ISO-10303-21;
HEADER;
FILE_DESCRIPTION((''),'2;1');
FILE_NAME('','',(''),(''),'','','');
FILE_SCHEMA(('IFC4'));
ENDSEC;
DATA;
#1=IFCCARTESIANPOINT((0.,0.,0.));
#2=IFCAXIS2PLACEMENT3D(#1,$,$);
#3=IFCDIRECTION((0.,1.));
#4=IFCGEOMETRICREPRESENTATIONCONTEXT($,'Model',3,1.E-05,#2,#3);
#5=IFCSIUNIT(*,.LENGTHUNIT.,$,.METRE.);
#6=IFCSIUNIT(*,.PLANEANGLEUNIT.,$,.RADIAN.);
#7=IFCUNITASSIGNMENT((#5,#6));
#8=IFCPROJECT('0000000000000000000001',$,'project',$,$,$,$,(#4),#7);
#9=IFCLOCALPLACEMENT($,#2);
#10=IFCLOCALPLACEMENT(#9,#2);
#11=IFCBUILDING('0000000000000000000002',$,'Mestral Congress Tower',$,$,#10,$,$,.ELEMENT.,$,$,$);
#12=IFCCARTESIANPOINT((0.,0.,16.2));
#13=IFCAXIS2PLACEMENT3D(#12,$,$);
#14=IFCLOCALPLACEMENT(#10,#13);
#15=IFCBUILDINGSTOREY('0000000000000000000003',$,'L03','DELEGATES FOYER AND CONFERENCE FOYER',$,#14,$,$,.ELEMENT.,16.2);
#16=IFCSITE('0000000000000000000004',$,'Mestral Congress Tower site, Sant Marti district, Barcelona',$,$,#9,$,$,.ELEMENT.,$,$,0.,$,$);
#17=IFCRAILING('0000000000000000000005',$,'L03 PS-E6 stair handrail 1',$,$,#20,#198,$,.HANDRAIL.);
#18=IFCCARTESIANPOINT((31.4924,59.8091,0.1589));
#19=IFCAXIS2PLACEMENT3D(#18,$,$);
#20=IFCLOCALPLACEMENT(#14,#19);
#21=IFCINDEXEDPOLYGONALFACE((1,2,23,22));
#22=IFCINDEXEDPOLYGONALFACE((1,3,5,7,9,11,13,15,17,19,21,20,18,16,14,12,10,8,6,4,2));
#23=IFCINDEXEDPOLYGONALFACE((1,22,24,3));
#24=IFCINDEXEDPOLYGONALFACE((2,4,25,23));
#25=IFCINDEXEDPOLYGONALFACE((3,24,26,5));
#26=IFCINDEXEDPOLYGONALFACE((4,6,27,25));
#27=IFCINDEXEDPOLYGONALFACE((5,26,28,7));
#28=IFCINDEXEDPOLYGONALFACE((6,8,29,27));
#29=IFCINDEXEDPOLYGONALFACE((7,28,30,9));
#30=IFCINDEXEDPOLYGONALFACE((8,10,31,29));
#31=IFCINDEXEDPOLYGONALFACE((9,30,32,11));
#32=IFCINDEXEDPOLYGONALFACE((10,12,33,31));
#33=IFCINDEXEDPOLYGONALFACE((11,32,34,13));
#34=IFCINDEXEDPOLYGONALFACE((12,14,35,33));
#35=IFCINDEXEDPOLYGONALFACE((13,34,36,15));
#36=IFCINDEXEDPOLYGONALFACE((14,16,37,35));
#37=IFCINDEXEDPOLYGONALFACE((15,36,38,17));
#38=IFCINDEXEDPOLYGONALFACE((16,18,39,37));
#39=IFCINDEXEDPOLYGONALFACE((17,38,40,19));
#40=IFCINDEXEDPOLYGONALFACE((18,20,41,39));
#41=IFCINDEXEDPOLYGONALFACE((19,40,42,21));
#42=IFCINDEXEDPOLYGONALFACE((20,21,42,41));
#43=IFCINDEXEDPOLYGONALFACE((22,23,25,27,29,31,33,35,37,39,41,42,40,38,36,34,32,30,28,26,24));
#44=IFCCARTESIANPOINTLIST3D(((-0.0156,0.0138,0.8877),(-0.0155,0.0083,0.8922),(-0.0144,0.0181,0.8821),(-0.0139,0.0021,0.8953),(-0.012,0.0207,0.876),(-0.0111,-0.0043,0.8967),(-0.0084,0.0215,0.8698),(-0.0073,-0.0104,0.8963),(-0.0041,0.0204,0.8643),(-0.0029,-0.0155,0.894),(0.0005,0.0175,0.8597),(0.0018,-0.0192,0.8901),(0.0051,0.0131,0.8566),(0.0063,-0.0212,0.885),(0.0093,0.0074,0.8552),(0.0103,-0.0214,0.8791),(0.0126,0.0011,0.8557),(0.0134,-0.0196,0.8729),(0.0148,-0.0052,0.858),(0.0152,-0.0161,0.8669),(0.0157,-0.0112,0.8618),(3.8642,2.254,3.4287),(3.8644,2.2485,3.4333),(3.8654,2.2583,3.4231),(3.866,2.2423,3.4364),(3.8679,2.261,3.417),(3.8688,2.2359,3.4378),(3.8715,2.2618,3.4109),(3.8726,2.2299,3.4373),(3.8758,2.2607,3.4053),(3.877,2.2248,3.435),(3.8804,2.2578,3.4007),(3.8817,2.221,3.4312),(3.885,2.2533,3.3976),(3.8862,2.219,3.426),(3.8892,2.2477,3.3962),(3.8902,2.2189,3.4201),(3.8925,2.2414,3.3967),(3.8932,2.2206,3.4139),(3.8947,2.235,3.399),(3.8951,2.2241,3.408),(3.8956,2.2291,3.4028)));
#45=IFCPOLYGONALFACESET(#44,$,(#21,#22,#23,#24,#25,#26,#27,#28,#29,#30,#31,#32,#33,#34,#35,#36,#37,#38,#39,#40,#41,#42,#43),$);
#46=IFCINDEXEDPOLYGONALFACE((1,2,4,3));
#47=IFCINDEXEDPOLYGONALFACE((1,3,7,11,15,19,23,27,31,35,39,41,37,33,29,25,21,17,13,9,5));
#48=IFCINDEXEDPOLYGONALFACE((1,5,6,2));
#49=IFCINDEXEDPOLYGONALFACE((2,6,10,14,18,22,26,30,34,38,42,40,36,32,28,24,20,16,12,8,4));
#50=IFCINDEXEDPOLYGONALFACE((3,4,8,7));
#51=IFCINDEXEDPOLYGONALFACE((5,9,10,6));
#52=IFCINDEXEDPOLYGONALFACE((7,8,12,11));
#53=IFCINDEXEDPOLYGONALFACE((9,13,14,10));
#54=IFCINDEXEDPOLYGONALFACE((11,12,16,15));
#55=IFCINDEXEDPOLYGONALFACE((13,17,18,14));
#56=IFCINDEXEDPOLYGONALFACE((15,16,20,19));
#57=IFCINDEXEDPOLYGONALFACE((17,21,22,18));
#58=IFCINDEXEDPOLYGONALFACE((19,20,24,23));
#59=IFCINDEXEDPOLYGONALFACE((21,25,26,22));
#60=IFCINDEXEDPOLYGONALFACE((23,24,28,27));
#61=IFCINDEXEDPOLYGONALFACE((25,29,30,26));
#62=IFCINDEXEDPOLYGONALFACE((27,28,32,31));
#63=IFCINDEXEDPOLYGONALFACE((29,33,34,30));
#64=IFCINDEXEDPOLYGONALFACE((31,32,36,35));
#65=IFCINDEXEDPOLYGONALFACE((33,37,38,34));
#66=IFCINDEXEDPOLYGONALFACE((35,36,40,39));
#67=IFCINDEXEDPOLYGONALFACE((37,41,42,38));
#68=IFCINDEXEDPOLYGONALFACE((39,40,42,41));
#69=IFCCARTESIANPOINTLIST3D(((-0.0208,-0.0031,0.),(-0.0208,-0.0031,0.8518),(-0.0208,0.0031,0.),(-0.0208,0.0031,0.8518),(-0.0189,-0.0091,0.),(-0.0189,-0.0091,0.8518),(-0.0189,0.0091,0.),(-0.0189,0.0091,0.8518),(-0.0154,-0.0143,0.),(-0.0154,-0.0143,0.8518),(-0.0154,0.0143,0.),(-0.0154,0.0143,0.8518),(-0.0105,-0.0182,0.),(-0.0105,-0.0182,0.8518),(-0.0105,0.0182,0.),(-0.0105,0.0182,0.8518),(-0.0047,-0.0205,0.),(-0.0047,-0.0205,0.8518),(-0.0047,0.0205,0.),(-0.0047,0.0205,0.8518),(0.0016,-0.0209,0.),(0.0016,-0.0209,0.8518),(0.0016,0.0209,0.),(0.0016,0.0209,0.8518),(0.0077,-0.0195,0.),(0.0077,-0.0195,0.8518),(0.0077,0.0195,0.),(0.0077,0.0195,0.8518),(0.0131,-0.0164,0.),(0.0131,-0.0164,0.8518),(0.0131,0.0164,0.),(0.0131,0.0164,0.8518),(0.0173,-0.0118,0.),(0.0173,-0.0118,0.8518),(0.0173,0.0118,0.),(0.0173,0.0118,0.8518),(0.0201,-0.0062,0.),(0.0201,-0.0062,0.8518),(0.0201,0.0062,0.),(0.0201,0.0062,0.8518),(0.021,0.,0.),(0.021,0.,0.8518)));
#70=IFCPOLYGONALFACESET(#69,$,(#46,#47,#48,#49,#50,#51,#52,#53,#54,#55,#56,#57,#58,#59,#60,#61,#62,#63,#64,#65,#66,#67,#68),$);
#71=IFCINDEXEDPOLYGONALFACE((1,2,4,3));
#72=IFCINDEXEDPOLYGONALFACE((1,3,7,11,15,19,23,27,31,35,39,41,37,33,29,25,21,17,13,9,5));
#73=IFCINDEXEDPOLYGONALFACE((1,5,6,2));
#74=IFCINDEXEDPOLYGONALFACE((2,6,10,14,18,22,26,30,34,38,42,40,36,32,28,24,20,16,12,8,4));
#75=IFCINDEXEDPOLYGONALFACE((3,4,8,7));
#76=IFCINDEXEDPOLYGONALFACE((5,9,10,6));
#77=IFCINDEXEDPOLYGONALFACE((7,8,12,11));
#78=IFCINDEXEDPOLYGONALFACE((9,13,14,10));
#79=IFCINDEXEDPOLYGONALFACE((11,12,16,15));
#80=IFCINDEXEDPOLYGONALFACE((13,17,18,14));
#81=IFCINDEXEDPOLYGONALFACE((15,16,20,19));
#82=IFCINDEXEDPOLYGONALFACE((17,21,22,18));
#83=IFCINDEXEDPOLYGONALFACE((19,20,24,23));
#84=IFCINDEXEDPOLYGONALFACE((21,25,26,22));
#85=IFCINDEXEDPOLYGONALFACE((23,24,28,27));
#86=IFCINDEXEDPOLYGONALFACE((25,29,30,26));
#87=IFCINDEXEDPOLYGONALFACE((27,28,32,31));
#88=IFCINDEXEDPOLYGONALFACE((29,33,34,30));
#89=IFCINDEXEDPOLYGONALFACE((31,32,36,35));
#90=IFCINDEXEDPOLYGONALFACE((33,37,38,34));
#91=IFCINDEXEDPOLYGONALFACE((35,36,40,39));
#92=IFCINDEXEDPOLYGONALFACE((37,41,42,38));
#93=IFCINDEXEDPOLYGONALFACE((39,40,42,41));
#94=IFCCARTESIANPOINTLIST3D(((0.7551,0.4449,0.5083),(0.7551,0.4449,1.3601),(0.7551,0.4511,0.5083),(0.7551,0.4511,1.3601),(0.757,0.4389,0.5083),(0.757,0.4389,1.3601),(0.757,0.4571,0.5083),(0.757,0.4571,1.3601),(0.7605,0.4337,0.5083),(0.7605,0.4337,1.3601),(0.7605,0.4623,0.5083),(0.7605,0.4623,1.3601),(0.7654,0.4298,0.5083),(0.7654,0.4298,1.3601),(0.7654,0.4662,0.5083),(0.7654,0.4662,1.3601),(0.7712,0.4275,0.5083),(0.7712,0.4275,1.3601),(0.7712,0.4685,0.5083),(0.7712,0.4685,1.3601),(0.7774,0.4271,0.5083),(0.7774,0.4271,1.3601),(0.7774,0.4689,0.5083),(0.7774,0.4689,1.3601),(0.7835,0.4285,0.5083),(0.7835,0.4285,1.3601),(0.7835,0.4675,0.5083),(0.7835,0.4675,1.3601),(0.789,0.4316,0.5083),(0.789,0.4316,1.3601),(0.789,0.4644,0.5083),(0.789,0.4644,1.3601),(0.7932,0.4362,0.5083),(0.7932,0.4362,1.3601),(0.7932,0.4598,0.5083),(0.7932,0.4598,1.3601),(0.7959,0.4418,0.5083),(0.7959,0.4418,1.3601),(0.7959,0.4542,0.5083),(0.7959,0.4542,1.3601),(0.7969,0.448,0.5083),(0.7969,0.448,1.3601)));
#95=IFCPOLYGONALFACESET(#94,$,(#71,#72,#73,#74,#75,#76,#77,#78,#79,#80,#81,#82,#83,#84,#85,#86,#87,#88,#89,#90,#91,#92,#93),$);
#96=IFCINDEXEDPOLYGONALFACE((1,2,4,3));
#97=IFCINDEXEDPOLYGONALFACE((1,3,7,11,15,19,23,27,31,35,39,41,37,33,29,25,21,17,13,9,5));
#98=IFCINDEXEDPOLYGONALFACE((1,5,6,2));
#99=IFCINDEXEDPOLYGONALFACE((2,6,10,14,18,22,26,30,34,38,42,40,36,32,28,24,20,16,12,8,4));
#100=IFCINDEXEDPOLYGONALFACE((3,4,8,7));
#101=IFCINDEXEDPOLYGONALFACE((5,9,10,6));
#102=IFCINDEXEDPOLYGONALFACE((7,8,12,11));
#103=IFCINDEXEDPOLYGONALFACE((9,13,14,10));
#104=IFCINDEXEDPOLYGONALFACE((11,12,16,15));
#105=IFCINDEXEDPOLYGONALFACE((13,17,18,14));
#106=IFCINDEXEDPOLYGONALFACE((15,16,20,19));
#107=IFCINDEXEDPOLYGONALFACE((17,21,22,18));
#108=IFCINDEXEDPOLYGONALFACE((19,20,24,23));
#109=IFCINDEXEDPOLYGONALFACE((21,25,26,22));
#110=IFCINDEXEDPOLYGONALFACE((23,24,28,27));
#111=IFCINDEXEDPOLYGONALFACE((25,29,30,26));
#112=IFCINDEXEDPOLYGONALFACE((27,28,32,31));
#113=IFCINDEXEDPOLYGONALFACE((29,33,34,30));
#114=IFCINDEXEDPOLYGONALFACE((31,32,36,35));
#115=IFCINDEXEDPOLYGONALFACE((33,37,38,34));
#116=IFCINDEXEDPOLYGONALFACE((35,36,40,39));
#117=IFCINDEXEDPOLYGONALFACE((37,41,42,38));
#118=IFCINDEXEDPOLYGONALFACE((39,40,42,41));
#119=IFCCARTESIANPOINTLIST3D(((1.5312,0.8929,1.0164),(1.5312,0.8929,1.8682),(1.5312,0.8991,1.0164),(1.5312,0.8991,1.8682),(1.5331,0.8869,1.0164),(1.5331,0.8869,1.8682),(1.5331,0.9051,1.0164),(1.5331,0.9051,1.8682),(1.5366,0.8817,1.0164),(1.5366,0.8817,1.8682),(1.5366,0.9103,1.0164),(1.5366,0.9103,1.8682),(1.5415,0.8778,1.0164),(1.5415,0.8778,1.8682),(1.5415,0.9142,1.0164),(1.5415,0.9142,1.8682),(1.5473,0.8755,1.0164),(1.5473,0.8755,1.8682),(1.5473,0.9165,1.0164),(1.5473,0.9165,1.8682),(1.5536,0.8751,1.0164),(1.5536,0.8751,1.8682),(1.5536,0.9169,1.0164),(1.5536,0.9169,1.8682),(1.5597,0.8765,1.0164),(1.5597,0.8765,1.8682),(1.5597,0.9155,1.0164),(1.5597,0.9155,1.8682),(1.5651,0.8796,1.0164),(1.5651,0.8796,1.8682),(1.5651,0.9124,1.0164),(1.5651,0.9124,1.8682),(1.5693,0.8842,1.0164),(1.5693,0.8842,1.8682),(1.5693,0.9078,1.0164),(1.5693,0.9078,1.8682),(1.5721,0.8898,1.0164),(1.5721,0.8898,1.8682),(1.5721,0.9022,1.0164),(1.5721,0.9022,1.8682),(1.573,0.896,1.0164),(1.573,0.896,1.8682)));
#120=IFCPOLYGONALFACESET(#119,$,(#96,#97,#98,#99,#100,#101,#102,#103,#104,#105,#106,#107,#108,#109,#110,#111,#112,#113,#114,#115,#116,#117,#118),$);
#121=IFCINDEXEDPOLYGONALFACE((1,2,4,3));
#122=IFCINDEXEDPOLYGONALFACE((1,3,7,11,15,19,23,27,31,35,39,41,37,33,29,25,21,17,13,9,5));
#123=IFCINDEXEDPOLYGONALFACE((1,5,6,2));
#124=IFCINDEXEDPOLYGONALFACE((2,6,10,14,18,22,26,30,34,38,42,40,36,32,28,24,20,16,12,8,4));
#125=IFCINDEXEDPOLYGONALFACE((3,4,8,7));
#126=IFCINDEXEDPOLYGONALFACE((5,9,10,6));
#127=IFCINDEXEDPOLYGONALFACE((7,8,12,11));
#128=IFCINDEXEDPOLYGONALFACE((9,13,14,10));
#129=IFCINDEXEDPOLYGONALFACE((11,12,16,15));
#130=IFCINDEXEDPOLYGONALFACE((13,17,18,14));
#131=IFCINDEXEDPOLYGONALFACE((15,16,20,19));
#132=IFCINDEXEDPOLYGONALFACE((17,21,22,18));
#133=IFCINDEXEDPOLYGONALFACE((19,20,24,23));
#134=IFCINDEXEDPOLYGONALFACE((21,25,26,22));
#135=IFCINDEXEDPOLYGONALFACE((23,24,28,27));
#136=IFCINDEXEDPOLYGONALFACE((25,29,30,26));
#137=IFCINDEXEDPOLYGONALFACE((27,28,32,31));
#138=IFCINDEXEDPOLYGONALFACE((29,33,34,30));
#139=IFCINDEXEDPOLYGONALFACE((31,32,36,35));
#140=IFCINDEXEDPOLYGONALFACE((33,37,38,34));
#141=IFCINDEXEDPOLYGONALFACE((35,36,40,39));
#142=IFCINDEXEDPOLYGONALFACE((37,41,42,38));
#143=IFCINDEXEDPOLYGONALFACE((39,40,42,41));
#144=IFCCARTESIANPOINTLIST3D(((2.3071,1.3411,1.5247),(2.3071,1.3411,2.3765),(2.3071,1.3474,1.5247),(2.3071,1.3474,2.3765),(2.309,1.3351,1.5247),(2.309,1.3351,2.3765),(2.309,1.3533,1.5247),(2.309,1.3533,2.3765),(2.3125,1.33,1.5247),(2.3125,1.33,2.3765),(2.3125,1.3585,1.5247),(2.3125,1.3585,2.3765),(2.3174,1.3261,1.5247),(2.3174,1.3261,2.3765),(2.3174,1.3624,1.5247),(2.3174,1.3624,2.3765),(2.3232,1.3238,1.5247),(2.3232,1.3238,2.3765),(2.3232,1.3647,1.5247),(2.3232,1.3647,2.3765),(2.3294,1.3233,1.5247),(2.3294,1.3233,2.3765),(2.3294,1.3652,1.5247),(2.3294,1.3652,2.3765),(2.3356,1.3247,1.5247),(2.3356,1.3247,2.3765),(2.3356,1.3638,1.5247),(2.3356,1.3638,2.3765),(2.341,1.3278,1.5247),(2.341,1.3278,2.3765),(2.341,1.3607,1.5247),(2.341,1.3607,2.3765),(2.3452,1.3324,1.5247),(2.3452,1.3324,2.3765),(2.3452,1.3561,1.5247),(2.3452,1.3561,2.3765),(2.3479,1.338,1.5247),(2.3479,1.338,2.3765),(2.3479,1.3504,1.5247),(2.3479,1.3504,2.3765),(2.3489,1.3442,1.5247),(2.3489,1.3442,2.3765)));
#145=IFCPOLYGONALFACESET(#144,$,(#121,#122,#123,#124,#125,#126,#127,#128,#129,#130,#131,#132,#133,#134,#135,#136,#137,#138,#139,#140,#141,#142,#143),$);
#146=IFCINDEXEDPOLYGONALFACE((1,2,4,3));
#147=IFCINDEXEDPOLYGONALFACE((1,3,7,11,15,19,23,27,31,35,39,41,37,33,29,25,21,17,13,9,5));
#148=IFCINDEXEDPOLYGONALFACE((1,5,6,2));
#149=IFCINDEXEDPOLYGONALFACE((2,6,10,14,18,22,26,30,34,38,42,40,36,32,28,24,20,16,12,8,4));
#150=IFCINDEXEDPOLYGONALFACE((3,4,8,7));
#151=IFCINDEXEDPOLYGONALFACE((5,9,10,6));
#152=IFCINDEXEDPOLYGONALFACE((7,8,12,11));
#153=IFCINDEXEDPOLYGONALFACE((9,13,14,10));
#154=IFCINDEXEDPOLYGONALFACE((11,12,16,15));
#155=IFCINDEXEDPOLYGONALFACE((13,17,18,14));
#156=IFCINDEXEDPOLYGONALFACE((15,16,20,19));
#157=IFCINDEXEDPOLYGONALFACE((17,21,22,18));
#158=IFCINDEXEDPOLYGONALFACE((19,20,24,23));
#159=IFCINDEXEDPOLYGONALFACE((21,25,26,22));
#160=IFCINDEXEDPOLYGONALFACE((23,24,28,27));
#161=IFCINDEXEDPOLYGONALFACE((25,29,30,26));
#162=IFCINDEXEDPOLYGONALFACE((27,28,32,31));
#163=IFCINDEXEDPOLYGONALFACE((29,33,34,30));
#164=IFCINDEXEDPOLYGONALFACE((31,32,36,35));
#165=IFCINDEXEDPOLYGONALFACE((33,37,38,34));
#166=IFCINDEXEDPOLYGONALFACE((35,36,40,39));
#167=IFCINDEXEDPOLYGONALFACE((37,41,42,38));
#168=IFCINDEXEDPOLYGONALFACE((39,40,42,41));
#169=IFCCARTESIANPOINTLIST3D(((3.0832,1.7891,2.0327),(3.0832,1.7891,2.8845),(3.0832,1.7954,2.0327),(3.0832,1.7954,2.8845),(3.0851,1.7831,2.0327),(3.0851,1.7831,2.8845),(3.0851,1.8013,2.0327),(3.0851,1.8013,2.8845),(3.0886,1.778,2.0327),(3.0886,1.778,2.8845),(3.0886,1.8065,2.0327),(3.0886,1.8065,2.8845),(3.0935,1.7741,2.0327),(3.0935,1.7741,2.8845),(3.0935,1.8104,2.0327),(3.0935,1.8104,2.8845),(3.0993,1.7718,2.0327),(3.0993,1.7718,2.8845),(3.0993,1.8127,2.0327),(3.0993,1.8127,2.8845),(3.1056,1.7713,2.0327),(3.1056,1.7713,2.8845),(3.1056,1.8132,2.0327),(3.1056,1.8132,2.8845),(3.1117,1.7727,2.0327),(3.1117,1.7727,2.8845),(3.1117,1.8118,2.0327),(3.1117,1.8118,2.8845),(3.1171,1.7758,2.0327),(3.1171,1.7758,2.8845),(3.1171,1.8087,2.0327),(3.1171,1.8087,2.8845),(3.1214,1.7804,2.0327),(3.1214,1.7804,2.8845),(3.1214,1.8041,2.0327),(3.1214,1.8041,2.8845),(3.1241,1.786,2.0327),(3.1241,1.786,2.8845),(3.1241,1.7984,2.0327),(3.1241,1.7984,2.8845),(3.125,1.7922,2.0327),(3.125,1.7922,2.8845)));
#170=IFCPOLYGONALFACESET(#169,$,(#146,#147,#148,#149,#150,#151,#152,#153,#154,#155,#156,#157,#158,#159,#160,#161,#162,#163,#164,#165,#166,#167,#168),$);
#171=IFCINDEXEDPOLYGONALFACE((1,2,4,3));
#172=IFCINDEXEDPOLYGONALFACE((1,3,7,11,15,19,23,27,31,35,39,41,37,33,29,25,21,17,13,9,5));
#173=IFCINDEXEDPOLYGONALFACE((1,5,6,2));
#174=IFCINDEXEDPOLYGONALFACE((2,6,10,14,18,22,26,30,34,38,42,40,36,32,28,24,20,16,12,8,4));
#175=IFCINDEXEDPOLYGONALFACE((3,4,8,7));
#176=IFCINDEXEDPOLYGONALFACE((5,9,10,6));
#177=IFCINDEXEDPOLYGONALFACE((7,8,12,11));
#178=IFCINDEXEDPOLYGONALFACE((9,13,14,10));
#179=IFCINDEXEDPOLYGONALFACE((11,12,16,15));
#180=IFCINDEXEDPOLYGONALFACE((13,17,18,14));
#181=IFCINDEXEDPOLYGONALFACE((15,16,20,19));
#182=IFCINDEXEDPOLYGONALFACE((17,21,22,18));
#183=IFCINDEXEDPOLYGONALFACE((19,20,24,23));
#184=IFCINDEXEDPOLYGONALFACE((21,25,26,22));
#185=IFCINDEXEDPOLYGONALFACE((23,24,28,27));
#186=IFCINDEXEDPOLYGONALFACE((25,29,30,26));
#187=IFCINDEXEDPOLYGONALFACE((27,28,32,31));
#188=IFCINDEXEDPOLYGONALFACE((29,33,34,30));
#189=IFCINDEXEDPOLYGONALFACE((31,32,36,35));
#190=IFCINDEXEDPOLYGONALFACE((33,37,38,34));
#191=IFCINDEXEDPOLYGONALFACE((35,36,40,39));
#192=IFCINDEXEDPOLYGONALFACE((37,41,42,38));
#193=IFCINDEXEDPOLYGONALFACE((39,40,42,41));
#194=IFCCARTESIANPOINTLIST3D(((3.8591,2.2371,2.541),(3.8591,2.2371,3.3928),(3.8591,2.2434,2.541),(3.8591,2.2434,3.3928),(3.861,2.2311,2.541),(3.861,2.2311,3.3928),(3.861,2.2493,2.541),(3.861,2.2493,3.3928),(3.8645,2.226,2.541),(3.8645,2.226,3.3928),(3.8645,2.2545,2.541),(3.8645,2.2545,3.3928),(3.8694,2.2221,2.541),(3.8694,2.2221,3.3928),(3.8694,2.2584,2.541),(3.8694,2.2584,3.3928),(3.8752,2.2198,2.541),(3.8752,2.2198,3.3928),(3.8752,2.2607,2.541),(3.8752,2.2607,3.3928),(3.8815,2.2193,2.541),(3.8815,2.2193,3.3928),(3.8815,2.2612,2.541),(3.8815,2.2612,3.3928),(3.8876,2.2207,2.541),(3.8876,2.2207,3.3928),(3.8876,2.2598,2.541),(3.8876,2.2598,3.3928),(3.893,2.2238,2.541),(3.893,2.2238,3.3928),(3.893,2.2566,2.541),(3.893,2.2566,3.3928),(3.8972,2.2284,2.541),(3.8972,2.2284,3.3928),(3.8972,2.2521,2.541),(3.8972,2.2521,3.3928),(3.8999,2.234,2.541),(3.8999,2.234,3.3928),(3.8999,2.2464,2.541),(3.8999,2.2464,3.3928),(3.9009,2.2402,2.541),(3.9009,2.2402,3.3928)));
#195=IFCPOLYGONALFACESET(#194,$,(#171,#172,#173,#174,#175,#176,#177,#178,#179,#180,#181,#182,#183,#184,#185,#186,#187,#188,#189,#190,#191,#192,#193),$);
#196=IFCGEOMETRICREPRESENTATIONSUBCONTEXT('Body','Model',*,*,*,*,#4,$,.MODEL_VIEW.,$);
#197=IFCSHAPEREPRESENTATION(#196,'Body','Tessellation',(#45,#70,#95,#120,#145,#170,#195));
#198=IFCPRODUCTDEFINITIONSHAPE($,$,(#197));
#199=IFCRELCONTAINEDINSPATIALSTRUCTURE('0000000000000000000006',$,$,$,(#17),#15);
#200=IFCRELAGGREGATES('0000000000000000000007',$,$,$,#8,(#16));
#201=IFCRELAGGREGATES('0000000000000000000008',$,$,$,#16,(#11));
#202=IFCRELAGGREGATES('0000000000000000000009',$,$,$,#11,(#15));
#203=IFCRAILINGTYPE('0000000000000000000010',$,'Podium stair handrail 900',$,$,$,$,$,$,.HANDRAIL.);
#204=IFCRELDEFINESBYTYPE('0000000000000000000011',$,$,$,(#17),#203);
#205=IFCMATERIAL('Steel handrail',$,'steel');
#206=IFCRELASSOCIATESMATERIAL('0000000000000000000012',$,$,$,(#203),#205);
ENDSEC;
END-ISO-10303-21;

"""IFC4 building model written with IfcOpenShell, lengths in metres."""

from ifc_helpers import new_model, si_unit, direction, frame, origin, origin_2d, place, context, subcontext, project, spatial, circle, extrude, material, type_object, element, save


model = new_model("IFC4")

# Units and contexts
model_context = context("Model", 3, precision=1e-05, world=origin(), true_north=direction((0.0, 1.0)))
body_context = subcontext(model_context, "Body", "Model", "MODEL_VIEW")
ifc_project = project(units=[si_unit("LENGTHUNIT", "METRE"), si_unit("PLANEANGLEUNIT", "RADIAN")], contexts=[model_context])

# Site, building, storey
site_placement = place(None, origin())
site = spatial("IfcSite", under=ifc_project, at=site_placement, Name="Mestral Congress Tower site, Sant Marti district, Barcelona", CompositionType="ELEMENT", RefElevation=0.0)
building_placement = place(site_placement, origin())
building = spatial("IfcBuilding", under=site, at=building_placement, Name="Mestral Congress Tower", CompositionType="ELEMENT")
storey_placement = place(building_placement, frame((0.0, 0.0, 16.2)))
storey = spatial("IfcBuildingStorey", under=building, at=storey_placement, Name="L03", Description="DELEGATES FOYER AND CONFERENCE FOYER", CompositionType="ELEMENT", Elevation=16.2)

# Railing
ifc_material_1 = material(Name="Steel handrail", Category="steel")
railing_type_1 = type_object("IfcRailingType", Name="Podium stair handrail 900", PredefinedType="HANDRAIL", material=ifc_material_1)
railing_1_placement = place(storey_placement, frame((31.4924, 59.8091, 0.1589)))
element("IfcRailing", 1, at=railing_1_placement, inside=storey, type_object=railing_type_1, Name="L03 PS-E6 stair handrail 1", PredefinedType="HANDRAIL", context=body_context, shape_type="SweptSolid", body=[
    extrude(circle(Radius=0.0239, at=origin_2d()), frame((0.0, 0.0, 0.876), z_axis=(0.753284, 0.434944, 0.493342), x_axis=(-0.500031, 0.866008, 0.0)), (0.0, 0.0, 1.0), 5.1506),
    extrude(circle(Radius=0.021, at=origin_2d()), origin(), (0.0, 0.0, 1.0), 0.8518),
    extrude(circle(Radius=0.021, at=origin_2d()), frame((0.7759, 0.448, 0.5083)), (0.0, 0.0, 1.0), 0.8518),
    extrude(circle(Radius=0.021, at=origin_2d()), frame((1.552, 0.896, 1.0164)), (0.0, 0.0, 1.0), 0.8518),
    extrude(circle(Radius=0.021, at=origin_2d()), frame((2.3279, 1.3442, 1.5247)), (0.0, 0.0, 1.0), 0.8518),
    extrude(circle(Radius=0.021, at=origin_2d()), frame((3.104, 1.7922, 2.0327)), (0.0, 0.0, 1.0), 0.8518),
    extrude(circle(Radius=0.021, at=origin_2d()), frame((3.8799, 2.2402, 2.541)), (0.0, 0.0, 1.0), 0.8518),
])

save(model, "model.ifc")
